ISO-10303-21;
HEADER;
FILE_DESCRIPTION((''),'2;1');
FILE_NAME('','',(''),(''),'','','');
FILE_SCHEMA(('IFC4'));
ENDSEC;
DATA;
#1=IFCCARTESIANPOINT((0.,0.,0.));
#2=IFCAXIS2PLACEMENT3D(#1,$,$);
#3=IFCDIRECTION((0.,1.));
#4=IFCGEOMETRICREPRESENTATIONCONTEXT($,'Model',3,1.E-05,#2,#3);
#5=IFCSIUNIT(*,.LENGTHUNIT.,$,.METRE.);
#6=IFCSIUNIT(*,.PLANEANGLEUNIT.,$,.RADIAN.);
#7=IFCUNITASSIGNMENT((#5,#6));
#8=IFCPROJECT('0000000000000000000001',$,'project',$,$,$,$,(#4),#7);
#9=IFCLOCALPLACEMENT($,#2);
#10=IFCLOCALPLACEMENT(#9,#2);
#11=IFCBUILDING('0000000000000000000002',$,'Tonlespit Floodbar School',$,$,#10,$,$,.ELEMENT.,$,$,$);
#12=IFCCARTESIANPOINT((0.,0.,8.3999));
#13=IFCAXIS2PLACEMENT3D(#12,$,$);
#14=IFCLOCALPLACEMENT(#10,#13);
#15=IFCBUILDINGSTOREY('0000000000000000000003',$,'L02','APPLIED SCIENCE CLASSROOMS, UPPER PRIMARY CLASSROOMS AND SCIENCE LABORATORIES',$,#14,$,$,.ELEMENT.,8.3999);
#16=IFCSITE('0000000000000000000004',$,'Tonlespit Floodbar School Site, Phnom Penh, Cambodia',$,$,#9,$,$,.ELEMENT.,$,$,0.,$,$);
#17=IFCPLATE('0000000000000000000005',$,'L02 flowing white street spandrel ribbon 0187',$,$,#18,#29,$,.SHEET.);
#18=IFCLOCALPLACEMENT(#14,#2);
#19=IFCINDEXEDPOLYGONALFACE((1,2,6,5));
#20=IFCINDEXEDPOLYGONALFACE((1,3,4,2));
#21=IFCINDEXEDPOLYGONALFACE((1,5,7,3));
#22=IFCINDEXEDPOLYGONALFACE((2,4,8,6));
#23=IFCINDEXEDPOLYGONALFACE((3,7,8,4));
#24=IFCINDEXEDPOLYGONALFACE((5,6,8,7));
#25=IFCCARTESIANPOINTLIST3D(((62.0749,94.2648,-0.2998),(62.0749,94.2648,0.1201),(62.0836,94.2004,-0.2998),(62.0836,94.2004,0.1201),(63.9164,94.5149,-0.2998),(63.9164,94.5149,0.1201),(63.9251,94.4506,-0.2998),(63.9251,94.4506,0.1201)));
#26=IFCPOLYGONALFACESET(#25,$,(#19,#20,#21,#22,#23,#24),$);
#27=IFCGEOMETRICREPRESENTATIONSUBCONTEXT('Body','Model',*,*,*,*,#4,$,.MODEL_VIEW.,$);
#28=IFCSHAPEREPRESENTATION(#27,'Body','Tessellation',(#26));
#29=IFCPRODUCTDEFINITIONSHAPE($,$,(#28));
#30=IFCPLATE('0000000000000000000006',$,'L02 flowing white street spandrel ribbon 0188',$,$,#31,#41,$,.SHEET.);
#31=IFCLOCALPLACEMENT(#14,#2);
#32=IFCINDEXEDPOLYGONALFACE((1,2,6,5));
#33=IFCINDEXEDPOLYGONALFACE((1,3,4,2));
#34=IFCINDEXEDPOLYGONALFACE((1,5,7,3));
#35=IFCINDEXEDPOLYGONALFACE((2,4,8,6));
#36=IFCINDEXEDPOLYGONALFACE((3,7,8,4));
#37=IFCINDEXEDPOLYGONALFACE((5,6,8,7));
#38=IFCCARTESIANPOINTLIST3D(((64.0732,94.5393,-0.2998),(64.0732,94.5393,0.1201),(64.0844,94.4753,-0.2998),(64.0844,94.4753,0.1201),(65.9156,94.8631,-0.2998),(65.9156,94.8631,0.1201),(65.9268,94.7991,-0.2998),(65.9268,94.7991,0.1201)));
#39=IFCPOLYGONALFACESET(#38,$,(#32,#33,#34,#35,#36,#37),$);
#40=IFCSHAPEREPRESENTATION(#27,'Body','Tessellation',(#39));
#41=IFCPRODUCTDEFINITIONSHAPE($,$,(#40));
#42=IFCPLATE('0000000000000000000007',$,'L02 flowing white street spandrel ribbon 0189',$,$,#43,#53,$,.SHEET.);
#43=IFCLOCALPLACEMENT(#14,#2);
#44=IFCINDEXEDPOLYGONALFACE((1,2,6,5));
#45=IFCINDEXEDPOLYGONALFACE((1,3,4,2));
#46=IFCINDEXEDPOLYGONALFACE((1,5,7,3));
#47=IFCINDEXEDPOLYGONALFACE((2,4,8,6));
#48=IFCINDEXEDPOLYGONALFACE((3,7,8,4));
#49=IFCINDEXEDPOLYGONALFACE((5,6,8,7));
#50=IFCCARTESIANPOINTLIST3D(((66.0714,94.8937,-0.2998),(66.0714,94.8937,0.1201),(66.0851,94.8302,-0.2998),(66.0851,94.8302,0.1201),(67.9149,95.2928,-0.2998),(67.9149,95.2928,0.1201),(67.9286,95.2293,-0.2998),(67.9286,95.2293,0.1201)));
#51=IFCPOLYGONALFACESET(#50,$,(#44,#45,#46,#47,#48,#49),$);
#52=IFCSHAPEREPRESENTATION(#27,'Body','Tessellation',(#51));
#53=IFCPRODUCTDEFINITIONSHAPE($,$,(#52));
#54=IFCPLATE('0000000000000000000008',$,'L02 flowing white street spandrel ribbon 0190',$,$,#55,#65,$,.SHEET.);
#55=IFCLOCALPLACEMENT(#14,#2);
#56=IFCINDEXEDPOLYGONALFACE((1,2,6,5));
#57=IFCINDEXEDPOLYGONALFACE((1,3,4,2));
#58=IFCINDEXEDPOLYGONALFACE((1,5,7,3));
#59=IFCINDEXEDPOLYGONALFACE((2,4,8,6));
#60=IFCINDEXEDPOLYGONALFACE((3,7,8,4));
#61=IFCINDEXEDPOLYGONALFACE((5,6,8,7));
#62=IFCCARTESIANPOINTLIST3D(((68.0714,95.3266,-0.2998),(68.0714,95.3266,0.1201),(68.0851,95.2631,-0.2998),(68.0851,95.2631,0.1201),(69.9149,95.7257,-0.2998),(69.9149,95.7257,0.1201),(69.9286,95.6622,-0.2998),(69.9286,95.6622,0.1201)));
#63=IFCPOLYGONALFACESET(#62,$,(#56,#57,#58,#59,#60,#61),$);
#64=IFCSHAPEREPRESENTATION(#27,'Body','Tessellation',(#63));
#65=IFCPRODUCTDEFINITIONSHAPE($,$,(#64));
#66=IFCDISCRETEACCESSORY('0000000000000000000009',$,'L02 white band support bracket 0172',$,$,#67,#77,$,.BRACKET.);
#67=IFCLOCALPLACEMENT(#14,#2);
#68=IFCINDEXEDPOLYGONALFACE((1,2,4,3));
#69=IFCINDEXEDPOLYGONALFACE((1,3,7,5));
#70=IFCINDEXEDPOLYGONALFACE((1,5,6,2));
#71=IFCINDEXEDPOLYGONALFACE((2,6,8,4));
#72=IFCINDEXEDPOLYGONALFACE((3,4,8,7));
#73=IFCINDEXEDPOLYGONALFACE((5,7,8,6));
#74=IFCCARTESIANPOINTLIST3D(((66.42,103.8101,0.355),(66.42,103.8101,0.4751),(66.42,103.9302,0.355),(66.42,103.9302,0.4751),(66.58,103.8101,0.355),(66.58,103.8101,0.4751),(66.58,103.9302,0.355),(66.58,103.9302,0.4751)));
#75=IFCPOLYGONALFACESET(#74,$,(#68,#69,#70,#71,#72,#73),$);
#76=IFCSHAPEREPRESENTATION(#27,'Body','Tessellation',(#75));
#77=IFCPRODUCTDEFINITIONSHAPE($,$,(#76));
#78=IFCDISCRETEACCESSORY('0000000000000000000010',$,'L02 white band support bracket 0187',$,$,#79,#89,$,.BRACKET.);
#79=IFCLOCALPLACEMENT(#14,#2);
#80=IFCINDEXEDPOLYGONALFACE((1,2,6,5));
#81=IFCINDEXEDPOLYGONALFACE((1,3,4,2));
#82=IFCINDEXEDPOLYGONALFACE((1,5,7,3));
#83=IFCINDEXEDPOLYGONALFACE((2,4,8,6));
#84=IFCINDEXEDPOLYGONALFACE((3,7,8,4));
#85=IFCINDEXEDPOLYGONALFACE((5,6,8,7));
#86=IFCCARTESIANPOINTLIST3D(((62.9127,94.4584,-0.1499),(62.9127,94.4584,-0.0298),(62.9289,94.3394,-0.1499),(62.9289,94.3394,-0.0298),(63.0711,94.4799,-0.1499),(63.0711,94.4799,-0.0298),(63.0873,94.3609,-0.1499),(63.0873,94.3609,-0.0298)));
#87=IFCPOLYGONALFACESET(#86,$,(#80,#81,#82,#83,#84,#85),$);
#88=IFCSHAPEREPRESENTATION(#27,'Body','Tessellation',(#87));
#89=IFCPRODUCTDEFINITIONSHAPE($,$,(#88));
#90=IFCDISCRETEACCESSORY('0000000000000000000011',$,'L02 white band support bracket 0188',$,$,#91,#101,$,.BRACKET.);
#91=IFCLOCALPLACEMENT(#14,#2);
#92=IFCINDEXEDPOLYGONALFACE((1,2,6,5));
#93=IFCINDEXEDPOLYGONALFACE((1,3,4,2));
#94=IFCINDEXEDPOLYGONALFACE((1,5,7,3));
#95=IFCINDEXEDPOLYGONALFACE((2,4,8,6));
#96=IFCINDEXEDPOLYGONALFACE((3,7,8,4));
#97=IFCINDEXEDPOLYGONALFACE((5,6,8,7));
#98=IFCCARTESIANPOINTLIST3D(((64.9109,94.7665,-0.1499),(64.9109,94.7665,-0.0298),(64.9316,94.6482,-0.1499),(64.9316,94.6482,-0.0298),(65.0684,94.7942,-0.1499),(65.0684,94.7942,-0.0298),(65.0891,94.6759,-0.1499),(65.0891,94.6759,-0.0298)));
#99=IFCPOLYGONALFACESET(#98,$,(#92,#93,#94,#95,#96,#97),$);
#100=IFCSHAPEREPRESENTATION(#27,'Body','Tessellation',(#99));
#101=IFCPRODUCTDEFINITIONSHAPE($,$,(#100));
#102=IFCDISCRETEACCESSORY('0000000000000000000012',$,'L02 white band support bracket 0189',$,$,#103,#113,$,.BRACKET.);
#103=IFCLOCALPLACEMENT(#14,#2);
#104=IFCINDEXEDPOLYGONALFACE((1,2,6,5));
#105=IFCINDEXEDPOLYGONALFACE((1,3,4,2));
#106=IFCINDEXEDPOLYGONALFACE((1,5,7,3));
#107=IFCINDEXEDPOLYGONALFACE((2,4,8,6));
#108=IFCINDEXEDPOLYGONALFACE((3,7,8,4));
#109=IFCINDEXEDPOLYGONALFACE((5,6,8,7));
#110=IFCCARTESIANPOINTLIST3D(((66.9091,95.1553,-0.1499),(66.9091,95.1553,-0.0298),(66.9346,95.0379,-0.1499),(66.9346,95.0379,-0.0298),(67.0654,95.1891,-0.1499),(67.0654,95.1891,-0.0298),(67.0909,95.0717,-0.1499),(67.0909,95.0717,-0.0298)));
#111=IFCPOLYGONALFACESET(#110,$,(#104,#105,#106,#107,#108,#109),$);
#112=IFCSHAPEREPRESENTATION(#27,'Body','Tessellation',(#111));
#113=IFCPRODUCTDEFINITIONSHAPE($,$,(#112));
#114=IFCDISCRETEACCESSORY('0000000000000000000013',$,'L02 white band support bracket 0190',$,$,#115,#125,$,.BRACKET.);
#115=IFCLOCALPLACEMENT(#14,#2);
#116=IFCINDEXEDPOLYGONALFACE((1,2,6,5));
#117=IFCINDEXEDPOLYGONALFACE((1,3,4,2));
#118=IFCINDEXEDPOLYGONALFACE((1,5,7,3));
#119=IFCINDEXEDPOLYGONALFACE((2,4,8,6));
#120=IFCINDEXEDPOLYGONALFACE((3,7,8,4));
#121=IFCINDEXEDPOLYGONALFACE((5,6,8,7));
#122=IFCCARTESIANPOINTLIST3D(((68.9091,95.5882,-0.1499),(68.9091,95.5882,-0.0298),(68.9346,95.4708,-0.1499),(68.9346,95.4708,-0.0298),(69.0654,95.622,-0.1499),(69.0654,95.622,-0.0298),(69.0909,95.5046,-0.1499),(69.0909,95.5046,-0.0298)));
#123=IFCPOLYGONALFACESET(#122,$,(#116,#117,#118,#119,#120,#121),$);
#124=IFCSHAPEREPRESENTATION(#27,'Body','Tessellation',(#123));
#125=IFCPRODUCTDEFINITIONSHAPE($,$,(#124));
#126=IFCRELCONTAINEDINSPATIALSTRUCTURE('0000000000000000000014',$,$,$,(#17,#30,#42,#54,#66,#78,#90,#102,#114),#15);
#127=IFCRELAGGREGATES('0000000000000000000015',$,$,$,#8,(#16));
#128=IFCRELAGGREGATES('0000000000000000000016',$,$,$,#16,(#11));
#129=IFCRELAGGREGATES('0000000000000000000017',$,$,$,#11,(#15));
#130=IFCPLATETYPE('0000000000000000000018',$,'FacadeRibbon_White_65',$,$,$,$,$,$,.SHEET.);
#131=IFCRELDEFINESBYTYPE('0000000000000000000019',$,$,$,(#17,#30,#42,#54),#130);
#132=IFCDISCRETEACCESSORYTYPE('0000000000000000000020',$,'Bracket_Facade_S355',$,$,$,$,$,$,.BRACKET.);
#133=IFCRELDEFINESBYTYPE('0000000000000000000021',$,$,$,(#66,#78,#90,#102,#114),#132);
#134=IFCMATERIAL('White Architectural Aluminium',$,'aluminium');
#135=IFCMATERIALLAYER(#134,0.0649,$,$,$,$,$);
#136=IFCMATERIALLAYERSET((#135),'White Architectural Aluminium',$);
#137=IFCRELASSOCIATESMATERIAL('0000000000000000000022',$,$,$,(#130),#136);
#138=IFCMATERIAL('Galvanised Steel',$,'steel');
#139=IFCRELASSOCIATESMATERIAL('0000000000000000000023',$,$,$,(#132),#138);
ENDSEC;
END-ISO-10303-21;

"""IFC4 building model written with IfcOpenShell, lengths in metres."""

from ifc_helpers import new_model, si_unit, direction, frame, origin, origin_2d, place, context, subcontext, project, spatial, rectangle, extrude, material, layer, layer_set, type_object, element, save


model = new_model("IFC4")

# Units and contexts
model_context = context("Model", 3, precision=1e-05, world=origin(), true_north=direction((0.0, 1.0)))
body_context = subcontext(model_context, "Body", "Model", "MODEL_VIEW")
ifc_project = project(units=[si_unit("LENGTHUNIT", "METRE"), si_unit("PLANEANGLEUNIT", "RADIAN")], contexts=[model_context])

# Site, building, storey
site_placement = place(None, origin())
site = spatial("IfcSite", under=ifc_project, at=site_placement, Name="Tonlespit Floodbar School Site, Phnom Penh, Cambodia", CompositionType="ELEMENT", RefElevation=0.0)
building_placement = place(site_placement, origin())
building = spatial("IfcBuilding", under=site, at=building_placement, Name="Tonlespit Floodbar School", CompositionType="ELEMENT")
storey_placement = place(building_placement, frame((0.0, 0.0, 8.3999)))
storey = spatial("IfcBuildingStorey", under=building, at=storey_placement, Name="L02", Description="APPLIED SCIENCE CLASSROOMS, UPPER PRIMARY CLASSROOMS AND SCIENCE LABORATORIES", CompositionType="ELEMENT", Elevation=8.3999)

# Plates
ifc_material_1 = material(Name="White Architectural Aluminium", Category="aluminium")
ifc_layer_1 = layer(ifc_material_1, 0.0649)
ifc_layer_set_1 = layer_set([ifc_layer_1], Name="White Architectural Aluminium")
plate_type_1 = type_object("IfcPlateType", Name="FacadeRibbon_White_65", PredefinedType="SHEET", material=ifc_layer_set_1)
plate_1_placement = place(storey_placement, frame((63.0, 94.3577, -0.2998), z_axis=(0.0, 0.0, 1.0), x_axis=(0.990898, 0.134614, 0.0)))
element("IfcPlate", 1, at=plate_1_placement, inside=storey, type_object=plate_type_1, Name="L02 flowing white street spandrel ribbon 0187", PredefinedType="SHEET", context=body_context, shape_type="SweptSolid", body=[
    extrude(rectangle(XDim=1.8584, YDim=0.0649, at=origin_2d()), origin(), (0.0, 0.0, 1.0), 0.4199),
])
plate_2_placement = place(storey_placement, frame((65.0, 94.6692, -0.2998), z_axis=(0.0, 0.0, 1.0), x_axis=(0.984905, 0.173096, 0.0)))
element("IfcPlate", 2, at=plate_2_placement, inside=storey, type_object=plate_type_1, Name="L02 flowing white street spandrel ribbon 0188", PredefinedType="SHEET", context=body_context, shape_type="SweptSolid", body=[
    extrude(rectangle(XDim=1.8706, YDim=0.0649, at=origin_2d()), origin(), (0.0, 0.0, 1.0), 0.4199),
])
for number, where, z_axis, x_axis, name in (
    (3, (67.0, 95.0615, -0.2998), (0.0, 0.0, 1.0), (0.977357, 0.211598, 0.0), "L02 flowing white street spandrel ribbon 0189"),
    (4, (69.0, 95.4944, -0.2998), (0.0, 0.0, 1.0), (0.977357, 0.211598, 0.0), "L02 flowing white street spandrel ribbon 0190"),
):
    element("IfcPlate", number, at=place(storey_placement, frame(where, z_axis=z_axis, x_axis=x_axis)), inside=storey, type_object=plate_type_1, Name=name, PredefinedType="SHEET", context=body_context, shape_type="SweptSolid", body=[
        extrude(rectangle(XDim=1.8862, YDim=0.0649, at=origin_2d()), origin(), (0.0, 0.0, 1.0), 0.4199),
    ])

# Discrete accessories
ifc_material_2 = material(Name="Galvanised Steel", Category="steel")
discrete_accessory_type = type_object("IfcDiscreteAccessoryType", Name="Bracket_Facade_S355", PredefinedType="BRACKET", material=ifc_material_2)
for number, where, z_axis, x_axis, name in (
    (5, (66.5, 103.8701, 0.355), (0.0, 0.0, 1.0), (-1.0, 0.0, 0.0), "L02 white band support bracket 0172"),
    (6, (63.0, 94.4097, -0.1499), (0.0, 0.0, 1.0), (0.990898, 0.134614, 0.0), "L02 white band support bracket 0187"),
    (7, (65.0, 94.7212, -0.1499), (0.0, 0.0, 1.0), (0.984905, 0.173096, 0.0), "L02 white band support bracket 0188"),
    (8, (67.0, 95.1135, -0.1499), (0.0, 0.0, 1.0), (0.977357, 0.211598, 0.0), "L02 white band support bracket 0189"),
    (9, (69.0, 95.5464, -0.1499), (0.0, 0.0, 1.0), (0.977357, 0.211598, 0.0), "L02 white band support bracket 0190"),
):
    element("IfcDiscreteAccessory", number, at=place(storey_placement, frame(where, z_axis=z_axis, x_axis=x_axis)), inside=storey, type_object=discrete_accessory_type, Name=name, PredefinedType="BRACKET", context=body_context, shape_type="SweptSolid", body=[
        extrude(rectangle(XDim=0.1599, YDim=0.1201, at=origin_2d()), origin(), (0.0, 0.0, 1.0), 0.1201),
    ])

save(model, "model.ifc")
